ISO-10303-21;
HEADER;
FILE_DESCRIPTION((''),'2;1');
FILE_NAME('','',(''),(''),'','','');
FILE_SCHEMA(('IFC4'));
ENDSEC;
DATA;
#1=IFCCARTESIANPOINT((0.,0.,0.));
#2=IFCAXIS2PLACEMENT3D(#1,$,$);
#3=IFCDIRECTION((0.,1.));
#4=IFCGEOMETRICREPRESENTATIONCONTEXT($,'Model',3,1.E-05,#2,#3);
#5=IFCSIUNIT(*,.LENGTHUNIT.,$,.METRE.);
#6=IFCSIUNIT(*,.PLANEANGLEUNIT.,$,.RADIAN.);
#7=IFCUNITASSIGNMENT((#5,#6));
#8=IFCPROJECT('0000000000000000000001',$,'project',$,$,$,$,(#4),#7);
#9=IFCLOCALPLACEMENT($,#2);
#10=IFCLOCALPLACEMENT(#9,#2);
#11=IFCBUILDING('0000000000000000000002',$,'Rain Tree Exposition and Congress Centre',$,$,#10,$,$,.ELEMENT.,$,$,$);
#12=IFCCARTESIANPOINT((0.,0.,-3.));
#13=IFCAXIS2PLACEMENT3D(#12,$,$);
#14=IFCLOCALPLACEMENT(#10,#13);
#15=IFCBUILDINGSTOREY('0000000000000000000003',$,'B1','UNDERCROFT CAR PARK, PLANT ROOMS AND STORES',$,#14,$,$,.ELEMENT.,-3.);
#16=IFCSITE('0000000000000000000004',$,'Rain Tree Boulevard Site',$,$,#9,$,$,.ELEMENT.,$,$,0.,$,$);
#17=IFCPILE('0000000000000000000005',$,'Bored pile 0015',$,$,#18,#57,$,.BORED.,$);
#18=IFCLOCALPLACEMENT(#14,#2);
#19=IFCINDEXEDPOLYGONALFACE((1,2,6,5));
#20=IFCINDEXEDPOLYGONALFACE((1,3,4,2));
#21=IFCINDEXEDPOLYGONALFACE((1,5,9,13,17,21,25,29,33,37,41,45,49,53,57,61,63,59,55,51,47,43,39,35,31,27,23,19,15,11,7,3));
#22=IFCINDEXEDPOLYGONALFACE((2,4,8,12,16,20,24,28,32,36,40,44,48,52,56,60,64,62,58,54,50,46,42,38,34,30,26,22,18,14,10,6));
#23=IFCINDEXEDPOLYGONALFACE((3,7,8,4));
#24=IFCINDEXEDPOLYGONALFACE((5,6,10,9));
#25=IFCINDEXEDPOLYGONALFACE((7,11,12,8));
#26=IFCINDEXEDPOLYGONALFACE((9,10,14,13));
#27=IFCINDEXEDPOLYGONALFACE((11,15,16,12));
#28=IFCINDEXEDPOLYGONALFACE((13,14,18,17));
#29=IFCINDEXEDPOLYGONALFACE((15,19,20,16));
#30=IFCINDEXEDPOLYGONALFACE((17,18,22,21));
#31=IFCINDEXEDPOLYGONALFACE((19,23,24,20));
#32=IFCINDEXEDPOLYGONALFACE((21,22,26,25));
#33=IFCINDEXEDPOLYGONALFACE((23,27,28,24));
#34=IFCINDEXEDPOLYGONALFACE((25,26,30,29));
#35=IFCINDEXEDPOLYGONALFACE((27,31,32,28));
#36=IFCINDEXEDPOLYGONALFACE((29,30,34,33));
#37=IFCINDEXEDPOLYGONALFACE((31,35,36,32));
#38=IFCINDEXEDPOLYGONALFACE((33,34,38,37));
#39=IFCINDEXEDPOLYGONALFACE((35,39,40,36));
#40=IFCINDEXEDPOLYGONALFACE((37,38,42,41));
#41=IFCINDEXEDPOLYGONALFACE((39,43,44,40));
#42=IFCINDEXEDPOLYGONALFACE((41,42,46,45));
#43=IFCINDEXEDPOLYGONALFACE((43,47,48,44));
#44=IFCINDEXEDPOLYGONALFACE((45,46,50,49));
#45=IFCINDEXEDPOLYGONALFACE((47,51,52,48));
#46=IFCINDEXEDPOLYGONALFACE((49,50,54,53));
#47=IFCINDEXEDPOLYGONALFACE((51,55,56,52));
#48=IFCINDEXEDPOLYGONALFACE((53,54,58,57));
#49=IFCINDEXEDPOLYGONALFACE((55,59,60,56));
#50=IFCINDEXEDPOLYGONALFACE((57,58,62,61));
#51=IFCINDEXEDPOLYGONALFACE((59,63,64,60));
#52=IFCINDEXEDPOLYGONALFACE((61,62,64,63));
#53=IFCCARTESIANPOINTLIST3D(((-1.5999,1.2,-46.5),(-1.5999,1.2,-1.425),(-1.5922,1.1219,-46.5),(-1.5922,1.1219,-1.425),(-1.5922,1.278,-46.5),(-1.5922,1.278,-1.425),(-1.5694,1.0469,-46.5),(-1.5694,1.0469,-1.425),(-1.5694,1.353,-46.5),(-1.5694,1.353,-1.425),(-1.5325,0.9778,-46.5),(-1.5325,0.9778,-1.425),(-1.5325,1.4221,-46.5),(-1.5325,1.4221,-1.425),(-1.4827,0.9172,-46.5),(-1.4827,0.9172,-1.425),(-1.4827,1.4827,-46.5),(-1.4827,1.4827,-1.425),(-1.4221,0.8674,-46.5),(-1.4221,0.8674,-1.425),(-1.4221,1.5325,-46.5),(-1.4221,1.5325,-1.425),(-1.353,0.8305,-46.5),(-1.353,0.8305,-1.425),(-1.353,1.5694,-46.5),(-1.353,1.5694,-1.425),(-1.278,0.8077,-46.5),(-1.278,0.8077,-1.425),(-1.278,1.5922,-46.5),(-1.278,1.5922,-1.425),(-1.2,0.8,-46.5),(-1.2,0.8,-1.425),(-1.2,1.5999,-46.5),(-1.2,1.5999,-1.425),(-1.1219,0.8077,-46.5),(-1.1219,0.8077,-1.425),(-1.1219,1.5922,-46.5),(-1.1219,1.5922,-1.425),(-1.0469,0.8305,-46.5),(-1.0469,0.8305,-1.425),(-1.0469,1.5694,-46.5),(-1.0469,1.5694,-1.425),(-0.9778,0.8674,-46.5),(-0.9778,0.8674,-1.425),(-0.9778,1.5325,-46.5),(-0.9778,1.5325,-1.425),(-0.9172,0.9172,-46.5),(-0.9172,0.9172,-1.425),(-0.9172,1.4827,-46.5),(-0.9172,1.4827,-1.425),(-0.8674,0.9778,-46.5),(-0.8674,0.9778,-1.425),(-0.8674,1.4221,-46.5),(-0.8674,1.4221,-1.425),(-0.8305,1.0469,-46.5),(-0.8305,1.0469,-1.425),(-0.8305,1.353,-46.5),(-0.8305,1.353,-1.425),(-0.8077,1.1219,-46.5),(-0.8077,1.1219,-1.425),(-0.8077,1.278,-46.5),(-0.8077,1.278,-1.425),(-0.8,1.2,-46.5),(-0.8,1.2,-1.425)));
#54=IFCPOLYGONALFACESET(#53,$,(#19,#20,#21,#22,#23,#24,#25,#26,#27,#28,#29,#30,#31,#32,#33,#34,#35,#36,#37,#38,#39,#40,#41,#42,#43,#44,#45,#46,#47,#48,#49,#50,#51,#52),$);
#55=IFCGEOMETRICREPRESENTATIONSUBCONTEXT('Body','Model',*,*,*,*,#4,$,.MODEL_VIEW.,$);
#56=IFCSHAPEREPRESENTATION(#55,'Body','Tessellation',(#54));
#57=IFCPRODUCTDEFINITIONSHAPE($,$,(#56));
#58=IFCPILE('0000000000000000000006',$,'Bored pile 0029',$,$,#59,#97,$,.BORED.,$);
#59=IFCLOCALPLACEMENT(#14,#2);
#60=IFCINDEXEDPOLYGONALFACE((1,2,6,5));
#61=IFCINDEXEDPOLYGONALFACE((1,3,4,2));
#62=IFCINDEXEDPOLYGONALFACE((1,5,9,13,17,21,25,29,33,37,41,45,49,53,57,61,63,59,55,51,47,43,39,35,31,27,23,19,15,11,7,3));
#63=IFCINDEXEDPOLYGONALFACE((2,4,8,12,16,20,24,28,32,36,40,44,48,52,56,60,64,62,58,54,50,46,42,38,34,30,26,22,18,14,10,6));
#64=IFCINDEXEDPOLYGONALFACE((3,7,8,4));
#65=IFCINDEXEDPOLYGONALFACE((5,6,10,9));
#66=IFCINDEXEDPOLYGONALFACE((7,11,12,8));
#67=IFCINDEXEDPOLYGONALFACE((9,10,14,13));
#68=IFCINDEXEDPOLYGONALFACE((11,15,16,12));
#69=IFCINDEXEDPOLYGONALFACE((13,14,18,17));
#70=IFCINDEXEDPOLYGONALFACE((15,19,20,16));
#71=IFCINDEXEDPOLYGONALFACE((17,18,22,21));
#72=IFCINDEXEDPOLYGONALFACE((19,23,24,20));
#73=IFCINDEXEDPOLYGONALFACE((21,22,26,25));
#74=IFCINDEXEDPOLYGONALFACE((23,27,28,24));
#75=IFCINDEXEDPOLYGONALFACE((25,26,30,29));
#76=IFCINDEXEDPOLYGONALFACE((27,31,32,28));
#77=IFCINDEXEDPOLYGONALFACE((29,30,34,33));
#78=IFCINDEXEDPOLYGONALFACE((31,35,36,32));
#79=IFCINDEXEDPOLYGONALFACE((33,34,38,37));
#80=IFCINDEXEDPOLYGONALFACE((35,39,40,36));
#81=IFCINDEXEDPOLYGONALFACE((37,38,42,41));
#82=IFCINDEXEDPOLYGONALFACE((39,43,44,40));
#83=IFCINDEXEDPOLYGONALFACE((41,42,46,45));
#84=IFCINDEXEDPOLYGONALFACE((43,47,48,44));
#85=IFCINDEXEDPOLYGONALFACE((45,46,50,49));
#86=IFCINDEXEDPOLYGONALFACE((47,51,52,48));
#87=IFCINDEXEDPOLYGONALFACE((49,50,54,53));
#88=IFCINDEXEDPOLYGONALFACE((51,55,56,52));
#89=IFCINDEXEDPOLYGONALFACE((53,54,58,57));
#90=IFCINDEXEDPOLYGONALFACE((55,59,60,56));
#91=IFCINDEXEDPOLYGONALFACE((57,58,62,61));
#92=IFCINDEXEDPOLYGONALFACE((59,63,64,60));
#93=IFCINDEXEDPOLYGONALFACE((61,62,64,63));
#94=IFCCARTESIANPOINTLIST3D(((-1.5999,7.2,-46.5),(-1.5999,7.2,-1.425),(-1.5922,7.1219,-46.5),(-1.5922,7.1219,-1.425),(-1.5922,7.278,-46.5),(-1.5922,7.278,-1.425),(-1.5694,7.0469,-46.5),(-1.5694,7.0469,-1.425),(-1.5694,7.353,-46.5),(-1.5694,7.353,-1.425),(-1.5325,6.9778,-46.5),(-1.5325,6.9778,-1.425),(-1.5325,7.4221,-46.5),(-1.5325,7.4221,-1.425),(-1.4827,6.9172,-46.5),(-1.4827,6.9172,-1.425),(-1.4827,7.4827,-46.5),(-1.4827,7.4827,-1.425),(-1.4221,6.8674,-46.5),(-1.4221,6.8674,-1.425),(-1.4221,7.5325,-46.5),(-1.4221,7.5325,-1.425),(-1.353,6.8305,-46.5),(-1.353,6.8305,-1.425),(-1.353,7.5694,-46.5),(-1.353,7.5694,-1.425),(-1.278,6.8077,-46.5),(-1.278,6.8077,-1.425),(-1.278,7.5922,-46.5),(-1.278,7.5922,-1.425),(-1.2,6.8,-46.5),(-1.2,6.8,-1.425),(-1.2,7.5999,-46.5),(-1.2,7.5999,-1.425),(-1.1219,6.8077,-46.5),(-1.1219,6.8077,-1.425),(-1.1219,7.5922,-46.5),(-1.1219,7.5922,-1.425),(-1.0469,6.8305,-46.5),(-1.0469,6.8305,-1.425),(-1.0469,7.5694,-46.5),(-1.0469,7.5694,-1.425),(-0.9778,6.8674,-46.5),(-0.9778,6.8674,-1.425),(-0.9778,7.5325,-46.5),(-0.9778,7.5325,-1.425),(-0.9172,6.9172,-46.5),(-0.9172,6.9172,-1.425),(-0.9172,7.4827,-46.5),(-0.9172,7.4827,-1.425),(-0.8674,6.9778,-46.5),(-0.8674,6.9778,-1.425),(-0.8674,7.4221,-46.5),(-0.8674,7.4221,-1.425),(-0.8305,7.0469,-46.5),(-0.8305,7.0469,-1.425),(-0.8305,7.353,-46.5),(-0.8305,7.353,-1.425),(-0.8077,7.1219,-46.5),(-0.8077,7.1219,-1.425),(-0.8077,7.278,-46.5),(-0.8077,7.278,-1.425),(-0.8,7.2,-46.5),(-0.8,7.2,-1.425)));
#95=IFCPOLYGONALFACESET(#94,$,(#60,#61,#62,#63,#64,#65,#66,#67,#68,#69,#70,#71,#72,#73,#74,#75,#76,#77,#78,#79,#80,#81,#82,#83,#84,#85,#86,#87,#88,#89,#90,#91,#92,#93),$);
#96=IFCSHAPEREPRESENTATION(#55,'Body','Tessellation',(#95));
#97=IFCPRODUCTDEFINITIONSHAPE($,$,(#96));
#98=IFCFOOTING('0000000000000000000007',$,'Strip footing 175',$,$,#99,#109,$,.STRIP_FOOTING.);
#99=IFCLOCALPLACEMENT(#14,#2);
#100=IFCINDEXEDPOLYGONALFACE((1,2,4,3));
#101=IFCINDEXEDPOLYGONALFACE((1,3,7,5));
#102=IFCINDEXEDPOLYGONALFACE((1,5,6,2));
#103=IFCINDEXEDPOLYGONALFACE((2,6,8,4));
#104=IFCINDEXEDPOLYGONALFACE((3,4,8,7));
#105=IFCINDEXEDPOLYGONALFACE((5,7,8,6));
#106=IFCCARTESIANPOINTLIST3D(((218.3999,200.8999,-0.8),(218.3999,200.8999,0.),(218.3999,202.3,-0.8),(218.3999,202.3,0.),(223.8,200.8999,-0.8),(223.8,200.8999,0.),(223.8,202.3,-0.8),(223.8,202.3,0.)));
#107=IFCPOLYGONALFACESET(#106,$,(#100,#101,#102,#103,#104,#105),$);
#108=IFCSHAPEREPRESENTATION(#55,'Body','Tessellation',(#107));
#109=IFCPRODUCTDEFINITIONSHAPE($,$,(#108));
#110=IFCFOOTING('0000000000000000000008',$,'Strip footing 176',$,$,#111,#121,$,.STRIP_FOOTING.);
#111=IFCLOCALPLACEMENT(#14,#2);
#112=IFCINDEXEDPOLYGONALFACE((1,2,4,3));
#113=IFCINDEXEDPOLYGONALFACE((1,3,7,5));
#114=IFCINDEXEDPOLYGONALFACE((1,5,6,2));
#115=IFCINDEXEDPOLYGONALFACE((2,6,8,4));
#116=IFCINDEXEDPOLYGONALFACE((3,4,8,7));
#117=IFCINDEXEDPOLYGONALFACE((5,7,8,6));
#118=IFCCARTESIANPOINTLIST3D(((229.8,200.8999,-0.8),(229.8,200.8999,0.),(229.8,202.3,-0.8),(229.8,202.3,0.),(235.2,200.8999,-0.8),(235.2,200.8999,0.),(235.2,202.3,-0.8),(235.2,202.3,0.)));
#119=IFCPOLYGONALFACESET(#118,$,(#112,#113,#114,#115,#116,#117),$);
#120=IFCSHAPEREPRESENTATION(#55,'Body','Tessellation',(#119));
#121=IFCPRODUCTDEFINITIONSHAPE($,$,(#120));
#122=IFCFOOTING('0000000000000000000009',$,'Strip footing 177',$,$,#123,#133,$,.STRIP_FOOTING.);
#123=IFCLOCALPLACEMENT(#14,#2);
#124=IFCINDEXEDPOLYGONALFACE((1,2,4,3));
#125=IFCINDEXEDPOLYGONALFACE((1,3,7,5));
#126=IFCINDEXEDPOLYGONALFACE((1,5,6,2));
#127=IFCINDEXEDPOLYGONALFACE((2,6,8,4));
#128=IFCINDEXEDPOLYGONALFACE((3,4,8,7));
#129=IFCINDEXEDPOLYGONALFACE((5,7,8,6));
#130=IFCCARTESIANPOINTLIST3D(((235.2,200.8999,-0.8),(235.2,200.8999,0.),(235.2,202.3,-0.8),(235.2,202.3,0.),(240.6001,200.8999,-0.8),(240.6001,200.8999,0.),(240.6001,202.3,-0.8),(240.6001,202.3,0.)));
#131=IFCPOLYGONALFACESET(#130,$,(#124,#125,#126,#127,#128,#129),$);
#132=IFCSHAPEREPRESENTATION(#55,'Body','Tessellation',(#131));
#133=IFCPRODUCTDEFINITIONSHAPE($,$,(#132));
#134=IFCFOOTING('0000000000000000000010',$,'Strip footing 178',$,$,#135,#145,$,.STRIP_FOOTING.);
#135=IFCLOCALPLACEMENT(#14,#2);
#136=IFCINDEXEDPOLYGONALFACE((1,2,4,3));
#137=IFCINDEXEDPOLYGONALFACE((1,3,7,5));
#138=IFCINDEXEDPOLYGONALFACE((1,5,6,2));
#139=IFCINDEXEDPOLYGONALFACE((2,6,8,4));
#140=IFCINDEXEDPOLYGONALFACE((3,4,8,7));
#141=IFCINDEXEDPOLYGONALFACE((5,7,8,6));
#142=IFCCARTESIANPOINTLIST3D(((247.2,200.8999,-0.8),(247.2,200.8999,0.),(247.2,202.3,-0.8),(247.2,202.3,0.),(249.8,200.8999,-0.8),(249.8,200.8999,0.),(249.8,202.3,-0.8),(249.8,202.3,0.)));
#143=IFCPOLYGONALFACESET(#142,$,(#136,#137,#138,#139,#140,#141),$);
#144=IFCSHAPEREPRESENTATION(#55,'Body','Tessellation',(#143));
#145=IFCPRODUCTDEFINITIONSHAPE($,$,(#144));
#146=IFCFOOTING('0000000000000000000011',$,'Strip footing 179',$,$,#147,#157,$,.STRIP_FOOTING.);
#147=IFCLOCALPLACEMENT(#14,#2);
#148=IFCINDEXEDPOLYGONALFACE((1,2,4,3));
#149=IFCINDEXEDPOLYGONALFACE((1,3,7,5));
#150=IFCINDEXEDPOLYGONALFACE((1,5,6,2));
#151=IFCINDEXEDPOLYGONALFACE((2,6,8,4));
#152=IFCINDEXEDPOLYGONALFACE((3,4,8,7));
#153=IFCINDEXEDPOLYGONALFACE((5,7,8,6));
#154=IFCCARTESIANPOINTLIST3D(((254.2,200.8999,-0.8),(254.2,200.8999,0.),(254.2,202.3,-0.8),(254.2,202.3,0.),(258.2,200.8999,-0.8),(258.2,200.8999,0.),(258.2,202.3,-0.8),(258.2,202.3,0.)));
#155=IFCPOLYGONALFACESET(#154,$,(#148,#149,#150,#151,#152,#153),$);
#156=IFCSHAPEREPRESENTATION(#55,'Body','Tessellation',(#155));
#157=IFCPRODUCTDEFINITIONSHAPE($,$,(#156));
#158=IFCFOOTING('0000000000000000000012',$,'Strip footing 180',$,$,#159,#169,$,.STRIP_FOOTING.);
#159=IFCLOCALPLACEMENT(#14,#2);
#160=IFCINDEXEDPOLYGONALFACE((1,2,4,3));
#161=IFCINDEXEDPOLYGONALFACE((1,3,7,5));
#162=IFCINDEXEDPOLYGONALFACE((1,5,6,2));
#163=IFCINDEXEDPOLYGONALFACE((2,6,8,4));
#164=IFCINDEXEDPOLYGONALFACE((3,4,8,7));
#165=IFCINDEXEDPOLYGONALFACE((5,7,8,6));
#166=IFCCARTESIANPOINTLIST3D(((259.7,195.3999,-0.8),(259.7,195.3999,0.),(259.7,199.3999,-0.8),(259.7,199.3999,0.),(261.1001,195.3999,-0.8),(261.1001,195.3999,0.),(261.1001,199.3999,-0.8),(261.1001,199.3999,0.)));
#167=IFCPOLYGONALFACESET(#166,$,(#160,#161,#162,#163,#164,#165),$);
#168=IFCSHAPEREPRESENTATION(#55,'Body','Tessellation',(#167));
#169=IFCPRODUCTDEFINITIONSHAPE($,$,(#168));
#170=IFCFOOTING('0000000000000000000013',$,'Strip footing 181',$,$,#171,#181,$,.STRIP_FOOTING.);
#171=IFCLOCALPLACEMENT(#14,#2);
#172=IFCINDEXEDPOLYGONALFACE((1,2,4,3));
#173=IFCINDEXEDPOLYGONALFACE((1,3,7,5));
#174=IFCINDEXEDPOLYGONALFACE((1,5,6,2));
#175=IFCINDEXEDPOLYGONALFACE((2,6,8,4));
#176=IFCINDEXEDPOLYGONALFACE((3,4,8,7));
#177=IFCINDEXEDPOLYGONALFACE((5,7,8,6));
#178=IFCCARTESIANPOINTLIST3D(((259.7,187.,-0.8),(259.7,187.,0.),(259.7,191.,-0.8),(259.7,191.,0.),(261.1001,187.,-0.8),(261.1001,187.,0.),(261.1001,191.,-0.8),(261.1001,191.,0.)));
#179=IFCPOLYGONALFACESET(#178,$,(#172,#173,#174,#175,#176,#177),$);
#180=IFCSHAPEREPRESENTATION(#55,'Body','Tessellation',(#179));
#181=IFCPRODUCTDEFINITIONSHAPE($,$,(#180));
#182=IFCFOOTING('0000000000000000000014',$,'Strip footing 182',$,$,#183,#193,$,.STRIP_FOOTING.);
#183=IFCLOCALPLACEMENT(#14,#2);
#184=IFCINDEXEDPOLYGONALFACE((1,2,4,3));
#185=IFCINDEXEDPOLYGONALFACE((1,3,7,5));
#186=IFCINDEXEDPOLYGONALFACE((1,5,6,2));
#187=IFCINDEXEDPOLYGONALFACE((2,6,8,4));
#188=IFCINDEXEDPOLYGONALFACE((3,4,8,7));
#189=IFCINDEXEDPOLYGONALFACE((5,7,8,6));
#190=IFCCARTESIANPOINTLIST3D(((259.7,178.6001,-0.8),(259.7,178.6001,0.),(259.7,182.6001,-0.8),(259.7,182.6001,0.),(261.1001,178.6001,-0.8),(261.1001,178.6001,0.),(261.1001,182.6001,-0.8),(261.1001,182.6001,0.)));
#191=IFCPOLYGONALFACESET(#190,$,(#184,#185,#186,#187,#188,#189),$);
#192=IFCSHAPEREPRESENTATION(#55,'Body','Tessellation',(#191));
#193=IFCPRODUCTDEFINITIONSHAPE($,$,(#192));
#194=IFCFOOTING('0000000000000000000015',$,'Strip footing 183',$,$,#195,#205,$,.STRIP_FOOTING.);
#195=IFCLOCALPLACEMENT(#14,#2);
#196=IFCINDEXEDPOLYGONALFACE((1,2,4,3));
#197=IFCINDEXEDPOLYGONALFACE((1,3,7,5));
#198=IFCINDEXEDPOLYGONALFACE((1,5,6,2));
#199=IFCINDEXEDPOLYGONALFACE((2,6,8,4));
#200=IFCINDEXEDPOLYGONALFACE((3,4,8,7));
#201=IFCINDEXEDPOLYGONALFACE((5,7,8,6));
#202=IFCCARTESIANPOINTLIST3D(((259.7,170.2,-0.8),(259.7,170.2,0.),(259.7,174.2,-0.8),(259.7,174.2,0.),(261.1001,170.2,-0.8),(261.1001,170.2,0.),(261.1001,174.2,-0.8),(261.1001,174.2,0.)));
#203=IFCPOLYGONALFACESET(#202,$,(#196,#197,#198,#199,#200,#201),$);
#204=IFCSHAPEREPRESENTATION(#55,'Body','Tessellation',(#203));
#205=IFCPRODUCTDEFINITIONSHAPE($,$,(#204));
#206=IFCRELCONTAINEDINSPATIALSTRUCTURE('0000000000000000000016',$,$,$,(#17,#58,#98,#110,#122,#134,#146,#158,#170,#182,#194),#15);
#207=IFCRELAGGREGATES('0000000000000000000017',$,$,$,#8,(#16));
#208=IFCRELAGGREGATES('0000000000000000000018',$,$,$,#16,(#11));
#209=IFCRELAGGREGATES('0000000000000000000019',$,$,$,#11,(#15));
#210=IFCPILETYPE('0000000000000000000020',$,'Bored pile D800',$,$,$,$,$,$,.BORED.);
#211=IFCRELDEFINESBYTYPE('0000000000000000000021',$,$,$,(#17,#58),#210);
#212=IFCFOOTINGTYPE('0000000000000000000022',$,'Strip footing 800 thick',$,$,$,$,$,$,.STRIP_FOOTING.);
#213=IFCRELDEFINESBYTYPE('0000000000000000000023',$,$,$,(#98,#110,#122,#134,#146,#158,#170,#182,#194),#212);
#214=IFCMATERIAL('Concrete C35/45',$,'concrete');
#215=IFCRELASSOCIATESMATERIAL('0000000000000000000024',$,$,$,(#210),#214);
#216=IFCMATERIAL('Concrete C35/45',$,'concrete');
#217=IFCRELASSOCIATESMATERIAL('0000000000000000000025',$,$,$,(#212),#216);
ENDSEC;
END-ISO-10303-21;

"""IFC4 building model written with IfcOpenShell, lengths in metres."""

from ifc_helpers import new_model, si_unit, direction, frame, origin, origin_2d, place, context, subcontext, project, spatial, polyline, circle, outline, extrude, material, material_profile, profile_set, type_object, element, save


model = new_model("IFC4")

# Units and contexts
model_context = context("Model", 3, precision=1e-05, world=origin(), true_north=direction((0.0, 1.0)))
body_context = subcontext(model_context, "Body", "Model", "MODEL_VIEW")
ifc_project = project(units=[si_unit("LENGTHUNIT", "METRE"), si_unit("PLANEANGLEUNIT", "RADIAN")], contexts=[model_context])

# Site, building, storey
site_placement = place(None, origin())
site = spatial("IfcSite", under=ifc_project, at=site_placement, Name="Rain Tree Boulevard Site", CompositionType="ELEMENT", RefElevation=0.0)
building_placement = place(site_placement, origin())
building = spatial("IfcBuilding", under=site, at=building_placement, Name="Rain Tree Exposition and Congress Centre", CompositionType="ELEMENT")
storey_placement = place(building_placement, frame((0.0, 0.0, -3.0)))
storey = spatial("IfcBuildingStorey", under=building, at=storey_placement, Name="B1", Description="UNDERCROFT CAR PARK, PLANT ROOMS AND STORES", CompositionType="ELEMENT", Elevation=-3.0)

# Piles
ifc_material_1 = material(Name="Concrete C35/45", Category="concrete")
ifc_material_profile = material_profile(ifc_material_1, circle(Radius=0.3999, at=origin_2d()), Name="D800")
ifc_profile_set = profile_set([ifc_material_profile], Name="Concrete C35/45")
pile_type = type_object("IfcPileType", Name="Bored pile D800", PredefinedType="BORED", material=ifc_profile_set)
for number, where, z_axis, x_axis, name in (
    (1, (-1.2, 1.2, -1.425), (0.0, 0.0, -1.0), (1.0, 0.0, 0.0), "Bored pile 0015"),
    (2, (-1.2, 7.2, -1.425), (0.0, 0.0, -1.0), (1.0, 0.0, 0.0), "Bored pile 0029"),
):
    element("IfcPile", number, at=place(storey_placement, frame(where, z_axis=z_axis, x_axis=x_axis)), inside=storey, type_object=pile_type, Name=name, PredefinedType="BORED", context=body_context, shape_type="SweptSolid", body=[
        extrude(circle(Radius=0.3999, at=origin_2d()), origin(), (0.0, 0.0, 1.0), 45.075),
    ])

# Footings
ifc_material_2 = material(Name="Concrete C35/45", Category="concrete")
footing_type = type_object("IfcFootingType", Name="Strip footing 800 thick", PredefinedType="STRIP_FOOTING", material=ifc_material_2)
footing_1_placement = place(storey_placement, frame((0.0, 0.0, -0.8)))
element("IfcFooting", 3, at=footing_1_placement, inside=storey, type_object=footing_type, Name="Strip footing 175", PredefinedType="STRIP_FOOTING", context=body_context, shape_type="SweptSolid", body=[
    extrude(outline(polyline([(218.3999, 202.3), (218.3999, 200.8999), (223.8, 200.8999), (223.8, 202.3), (218.3999, 202.3)])), origin(), (0.0, 0.0, 1.0), 0.8),
])
footing_2_placement = place(storey_placement, frame((0.0, 0.0, -0.8)))
element("IfcFooting", 4, at=footing_2_placement, inside=storey, type_object=footing_type, Name="Strip footing 176", PredefinedType="STRIP_FOOTING", context=body_context, shape_type="SweptSolid", body=[
    extrude(outline(polyline([(229.8, 200.8999), (235.2, 200.8999), (235.2, 202.3), (229.8, 202.3), (229.8, 200.8999)])), origin(), (0.0, 0.0, 1.0), 0.8),
])
footing_3_placement = place(storey_placement, frame((0.0, 0.0, -0.8)))
element("IfcFooting", 5, at=footing_3_placement, inside=storey, type_object=footing_type, Name="Strip footing 177", PredefinedType="STRIP_FOOTING", context=body_context, shape_type="SweptSolid", body=[
    extrude(outline(polyline([(235.2, 202.3), (235.2, 200.8999), (240.6001, 200.8999), (240.6001, 202.3), (235.2, 202.3)])), origin(), (0.0, 0.0, 1.0), 0.8),
])
footing_4_placement = place(storey_placement, frame((0.0, 0.0, -0.8)))
element("IfcFooting", 6, at=footing_4_placement, inside=storey, type_object=footing_type, Name="Strip footing 178", PredefinedType="STRIP_FOOTING", context=body_context, shape_type="SweptSolid", body=[
    extrude(outline(polyline([(247.2, 202.3), (247.2, 200.8999), (249.8, 200.8999), (249.8, 202.3), (247.2, 202.3)])), origin(), (0.0, 0.0, 1.0), 0.8),
])
footing_5_placement = place(storey_placement, frame((0.0, 0.0, -0.8)))
element("IfcFooting", 7, at=footing_5_placement, inside=storey, type_object=footing_type, Name="Strip footing 179", PredefinedType="STRIP_FOOTING", context=body_context, shape_type="SweptSolid", body=[
    extrude(outline(polyline([(254.2, 202.3), (254.2, 200.8999), (258.2, 200.8999), (258.2, 202.3), (254.2, 202.3)])), origin(), (0.0, 0.0, 1.0), 0.8),
])
footing_6_placement = place(storey_placement, frame((0.0, 0.0, -0.8)))
element("IfcFooting", 8, at=footing_6_placement, inside=storey, type_object=footing_type, Name="Strip footing 180", PredefinedType="STRIP_FOOTING", context=body_context, shape_type="SweptSolid", body=[
    extrude(outline(polyline([(261.1001, 199.3999), (259.7, 199.3999), (259.7, 195.3999), (261.1001, 195.3999), (261.1001, 199.3999)])), origin(), (0.0, 0.0, 1.0), 0.8),
])
footing_7_placement = place(storey_placement, frame((0.0, 0.0, -0.8)))
element("IfcFooting", 9, at=footing_7_placement, inside=storey, type_object=footing_type, Name="Strip footing 181", PredefinedType="STRIP_FOOTING", context=body_context, shape_type="SweptSolid", body=[
    extrude(outline(polyline([(261.1001, 191.0), (259.7, 191.0), (259.7, 187.0), (261.1001, 187.0), (261.1001, 191.0)])), origin(), (0.0, 0.0, 1.0), 0.8),
])
footing_8_placement = place(storey_placement, frame((0.0, 0.0, -0.8)))
element("IfcFooting", 10, at=footing_8_placement, inside=storey, type_object=footing_type, Name="Strip footing 182", PredefinedType="STRIP_FOOTING", context=body_context, shape_type="SweptSolid", body=[
    extrude(outline(polyline([(261.1001, 182.6001), (259.7, 182.6001), (259.7, 178.6001), (261.1001, 178.6001), (261.1001, 182.6001)])), origin(), (0.0, 0.0, 1.0), 0.8),
])
footing_9_placement = place(storey_placement, frame((0.0, 0.0, -0.8)))
element("IfcFooting", 11, at=footing_9_placement, inside=storey, type_object=footing_type, Name="Strip footing 183", PredefinedType="STRIP_FOOTING", context=body_context, shape_type="SweptSolid", body=[
    extrude(outline(polyline([(261.1001, 174.2), (259.7, 174.2), (259.7, 170.2), (261.1001, 170.2), (261.1001, 174.2)])), origin(), (0.0, 0.0, 1.0), 0.8),
])

save(model, "model.ifc")
